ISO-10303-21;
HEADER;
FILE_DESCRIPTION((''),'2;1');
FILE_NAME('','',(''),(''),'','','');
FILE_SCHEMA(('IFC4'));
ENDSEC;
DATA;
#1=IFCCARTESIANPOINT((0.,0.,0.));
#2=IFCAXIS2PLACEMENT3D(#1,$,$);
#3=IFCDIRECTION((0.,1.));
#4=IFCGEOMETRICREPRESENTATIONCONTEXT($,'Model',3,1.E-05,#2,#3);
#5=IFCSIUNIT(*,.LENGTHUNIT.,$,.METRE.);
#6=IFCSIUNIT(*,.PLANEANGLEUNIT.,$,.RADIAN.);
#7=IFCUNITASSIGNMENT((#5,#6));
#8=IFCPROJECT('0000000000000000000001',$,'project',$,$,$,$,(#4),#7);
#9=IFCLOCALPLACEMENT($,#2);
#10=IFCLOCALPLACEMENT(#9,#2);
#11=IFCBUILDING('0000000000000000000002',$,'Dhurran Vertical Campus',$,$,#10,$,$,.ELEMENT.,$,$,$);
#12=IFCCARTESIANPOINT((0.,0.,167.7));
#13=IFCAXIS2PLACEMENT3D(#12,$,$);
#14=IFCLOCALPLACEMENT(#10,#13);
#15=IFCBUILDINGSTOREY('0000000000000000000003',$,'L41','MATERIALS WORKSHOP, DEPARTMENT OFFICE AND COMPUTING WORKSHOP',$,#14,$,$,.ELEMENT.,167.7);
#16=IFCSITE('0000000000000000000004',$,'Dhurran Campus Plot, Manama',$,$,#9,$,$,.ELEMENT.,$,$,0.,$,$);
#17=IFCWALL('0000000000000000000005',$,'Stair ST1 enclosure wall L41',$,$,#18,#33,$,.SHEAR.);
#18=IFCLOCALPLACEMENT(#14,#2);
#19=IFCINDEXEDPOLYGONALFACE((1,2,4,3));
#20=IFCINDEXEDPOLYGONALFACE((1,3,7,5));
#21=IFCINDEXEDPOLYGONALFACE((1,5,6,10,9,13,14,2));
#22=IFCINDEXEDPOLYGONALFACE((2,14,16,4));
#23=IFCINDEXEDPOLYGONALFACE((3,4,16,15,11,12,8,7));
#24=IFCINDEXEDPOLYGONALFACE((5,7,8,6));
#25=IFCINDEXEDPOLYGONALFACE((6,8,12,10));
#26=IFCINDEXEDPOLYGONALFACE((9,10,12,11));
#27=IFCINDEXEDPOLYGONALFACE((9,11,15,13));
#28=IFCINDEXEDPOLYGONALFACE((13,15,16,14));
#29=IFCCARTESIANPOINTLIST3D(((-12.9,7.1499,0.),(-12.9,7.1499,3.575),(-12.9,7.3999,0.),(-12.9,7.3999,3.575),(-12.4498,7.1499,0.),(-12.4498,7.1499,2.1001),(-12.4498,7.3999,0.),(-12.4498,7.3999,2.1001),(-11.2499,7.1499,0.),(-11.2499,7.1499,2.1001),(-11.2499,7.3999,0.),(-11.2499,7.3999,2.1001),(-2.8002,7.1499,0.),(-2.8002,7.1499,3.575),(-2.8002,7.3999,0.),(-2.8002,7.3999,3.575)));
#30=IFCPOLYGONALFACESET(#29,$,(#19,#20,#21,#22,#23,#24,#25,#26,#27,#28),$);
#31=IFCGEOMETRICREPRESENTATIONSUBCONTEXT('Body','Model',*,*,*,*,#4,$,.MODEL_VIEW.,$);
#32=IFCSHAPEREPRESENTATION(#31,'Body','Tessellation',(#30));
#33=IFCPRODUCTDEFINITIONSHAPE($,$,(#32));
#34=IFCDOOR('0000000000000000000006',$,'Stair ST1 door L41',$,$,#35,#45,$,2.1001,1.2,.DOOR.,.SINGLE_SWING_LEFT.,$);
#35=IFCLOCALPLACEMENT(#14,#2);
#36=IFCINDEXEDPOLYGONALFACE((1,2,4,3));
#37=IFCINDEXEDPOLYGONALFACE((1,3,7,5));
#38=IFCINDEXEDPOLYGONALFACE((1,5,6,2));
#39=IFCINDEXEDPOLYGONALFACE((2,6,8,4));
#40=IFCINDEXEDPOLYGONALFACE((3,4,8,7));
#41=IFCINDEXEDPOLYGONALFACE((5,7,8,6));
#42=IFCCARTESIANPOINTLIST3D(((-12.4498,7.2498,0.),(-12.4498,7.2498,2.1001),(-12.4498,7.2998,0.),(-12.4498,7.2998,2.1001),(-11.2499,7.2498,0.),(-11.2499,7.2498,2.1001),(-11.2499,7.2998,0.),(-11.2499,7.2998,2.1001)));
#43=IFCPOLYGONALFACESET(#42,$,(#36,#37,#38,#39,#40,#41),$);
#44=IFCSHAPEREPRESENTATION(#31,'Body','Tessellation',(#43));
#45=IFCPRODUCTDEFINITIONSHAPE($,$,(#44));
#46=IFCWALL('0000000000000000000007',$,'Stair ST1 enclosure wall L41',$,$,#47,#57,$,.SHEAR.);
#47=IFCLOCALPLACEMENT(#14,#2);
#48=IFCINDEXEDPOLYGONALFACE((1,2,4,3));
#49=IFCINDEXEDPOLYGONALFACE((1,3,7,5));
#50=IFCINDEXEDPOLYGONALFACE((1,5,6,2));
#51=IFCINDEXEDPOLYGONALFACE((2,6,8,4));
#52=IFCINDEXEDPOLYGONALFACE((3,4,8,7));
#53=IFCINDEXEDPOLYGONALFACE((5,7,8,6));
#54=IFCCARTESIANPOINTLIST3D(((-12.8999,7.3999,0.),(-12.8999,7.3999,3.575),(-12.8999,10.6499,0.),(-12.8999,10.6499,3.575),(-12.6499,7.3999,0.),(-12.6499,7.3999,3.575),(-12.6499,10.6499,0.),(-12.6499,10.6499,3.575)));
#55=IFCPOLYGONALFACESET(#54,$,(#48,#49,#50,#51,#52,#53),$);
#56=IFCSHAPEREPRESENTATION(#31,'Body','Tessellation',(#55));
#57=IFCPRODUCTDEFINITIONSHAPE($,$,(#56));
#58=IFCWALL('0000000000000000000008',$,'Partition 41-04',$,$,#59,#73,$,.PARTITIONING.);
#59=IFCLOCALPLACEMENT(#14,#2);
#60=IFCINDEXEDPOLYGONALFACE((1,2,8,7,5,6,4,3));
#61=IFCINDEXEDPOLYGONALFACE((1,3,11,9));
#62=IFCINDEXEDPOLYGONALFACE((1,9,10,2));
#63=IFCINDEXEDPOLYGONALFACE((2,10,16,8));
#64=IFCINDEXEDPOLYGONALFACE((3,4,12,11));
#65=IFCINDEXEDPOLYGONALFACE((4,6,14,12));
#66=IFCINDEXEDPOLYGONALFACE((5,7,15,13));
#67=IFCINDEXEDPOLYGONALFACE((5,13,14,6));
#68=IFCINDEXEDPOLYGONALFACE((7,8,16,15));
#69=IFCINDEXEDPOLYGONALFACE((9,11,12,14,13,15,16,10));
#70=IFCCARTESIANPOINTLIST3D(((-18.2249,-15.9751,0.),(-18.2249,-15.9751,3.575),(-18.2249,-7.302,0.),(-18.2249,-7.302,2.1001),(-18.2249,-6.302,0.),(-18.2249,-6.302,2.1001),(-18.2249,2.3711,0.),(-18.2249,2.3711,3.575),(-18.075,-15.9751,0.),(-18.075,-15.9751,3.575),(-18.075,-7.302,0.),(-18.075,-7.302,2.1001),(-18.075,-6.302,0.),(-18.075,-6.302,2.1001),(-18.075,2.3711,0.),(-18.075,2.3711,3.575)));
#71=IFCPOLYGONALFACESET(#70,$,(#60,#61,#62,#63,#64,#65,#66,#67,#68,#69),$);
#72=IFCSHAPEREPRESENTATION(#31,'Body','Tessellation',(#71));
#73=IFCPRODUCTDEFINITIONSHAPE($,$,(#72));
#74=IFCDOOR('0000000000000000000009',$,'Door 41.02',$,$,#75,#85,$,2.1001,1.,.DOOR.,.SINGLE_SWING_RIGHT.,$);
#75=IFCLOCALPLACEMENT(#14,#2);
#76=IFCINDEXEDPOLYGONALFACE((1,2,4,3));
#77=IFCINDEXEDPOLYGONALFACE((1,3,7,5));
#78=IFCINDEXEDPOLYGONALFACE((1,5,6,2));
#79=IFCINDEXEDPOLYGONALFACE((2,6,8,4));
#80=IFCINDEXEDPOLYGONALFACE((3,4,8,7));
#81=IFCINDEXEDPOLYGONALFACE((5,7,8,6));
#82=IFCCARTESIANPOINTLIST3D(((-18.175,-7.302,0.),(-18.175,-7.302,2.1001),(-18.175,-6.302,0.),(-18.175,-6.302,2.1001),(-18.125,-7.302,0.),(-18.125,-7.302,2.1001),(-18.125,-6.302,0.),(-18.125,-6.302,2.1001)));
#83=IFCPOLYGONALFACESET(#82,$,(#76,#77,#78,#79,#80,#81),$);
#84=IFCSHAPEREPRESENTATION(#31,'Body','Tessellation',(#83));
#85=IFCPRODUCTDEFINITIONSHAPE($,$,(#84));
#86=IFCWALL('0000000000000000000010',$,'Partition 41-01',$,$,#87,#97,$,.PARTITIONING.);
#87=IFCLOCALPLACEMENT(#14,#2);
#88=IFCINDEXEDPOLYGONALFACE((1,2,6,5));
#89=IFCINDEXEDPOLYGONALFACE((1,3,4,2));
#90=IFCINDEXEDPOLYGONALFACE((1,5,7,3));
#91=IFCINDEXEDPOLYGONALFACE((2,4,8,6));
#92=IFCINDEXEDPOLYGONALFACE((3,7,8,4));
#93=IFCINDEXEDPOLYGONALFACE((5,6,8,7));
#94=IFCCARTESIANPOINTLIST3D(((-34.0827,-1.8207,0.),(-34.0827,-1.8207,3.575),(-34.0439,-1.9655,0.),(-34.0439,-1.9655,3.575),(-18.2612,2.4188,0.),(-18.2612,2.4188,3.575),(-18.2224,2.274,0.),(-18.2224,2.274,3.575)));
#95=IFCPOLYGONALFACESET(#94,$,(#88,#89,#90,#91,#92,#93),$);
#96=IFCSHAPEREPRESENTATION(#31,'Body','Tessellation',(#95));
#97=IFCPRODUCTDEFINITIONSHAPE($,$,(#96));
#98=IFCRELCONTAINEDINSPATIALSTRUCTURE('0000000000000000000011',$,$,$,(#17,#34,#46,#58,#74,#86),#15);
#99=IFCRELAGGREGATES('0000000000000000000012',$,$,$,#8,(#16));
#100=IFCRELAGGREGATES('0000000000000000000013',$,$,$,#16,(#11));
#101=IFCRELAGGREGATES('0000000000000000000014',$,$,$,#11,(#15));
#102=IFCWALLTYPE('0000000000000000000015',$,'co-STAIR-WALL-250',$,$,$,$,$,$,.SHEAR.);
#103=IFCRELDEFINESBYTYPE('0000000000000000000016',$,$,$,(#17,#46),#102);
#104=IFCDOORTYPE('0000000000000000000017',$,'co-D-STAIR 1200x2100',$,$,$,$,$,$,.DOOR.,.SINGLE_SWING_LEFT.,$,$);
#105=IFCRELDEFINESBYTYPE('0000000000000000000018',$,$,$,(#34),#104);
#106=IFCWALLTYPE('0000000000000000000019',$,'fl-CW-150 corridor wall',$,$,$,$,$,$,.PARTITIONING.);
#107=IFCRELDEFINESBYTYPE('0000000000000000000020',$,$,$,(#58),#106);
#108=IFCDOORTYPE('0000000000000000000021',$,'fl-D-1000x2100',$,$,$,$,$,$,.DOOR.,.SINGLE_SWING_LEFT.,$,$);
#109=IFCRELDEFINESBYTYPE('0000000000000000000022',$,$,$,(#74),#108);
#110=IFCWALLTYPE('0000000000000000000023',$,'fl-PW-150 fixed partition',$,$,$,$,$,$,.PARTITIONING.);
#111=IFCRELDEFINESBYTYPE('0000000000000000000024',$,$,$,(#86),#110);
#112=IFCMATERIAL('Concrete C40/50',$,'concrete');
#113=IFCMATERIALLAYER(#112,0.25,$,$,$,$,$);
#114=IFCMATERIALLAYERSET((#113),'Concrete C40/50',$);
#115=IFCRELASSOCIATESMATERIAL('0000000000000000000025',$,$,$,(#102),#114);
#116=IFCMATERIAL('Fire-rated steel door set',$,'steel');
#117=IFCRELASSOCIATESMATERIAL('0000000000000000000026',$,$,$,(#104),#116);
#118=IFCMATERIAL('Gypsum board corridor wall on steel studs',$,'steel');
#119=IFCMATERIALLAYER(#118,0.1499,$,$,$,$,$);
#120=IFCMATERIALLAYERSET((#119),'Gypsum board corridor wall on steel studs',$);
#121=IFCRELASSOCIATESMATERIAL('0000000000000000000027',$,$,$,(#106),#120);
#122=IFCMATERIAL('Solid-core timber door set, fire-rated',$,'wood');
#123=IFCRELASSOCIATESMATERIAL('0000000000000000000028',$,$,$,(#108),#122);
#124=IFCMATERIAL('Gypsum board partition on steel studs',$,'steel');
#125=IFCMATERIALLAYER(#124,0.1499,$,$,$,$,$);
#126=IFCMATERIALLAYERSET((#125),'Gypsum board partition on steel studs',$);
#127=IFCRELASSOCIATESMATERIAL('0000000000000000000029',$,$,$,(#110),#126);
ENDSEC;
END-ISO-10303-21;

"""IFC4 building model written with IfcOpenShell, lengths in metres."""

from ifc_helpers import new_model, si_unit, direction, frame, frame_2d, origin, place, context, subcontext, project, spatial, rectangle, extrude, material, layer, layer_set, type_object, element, fill, save


model = new_model("IFC4")

# Units and contexts
model_context = context("Model", 3, precision=1e-05, world=origin(), true_north=direction((0.0, 1.0)))
body_context = subcontext(model_context, "Body", "Model", "MODEL_VIEW")
ifc_project = project(units=[si_unit("LENGTHUNIT", "METRE"), si_unit("PLANEANGLEUNIT", "RADIAN")], contexts=[model_context])

# Site, building, storey
site_placement = place(None, origin())
site = spatial("IfcSite", under=ifc_project, at=site_placement, Name="Dhurran Campus Plot, Manama", CompositionType="ELEMENT", RefElevation=0.0)
building_placement = place(site_placement, origin())
building = spatial("IfcBuilding", under=site, at=building_placement, Name="Dhurran Vertical Campus", CompositionType="ELEMENT")
storey_placement = place(building_placement, frame((0.0, 0.0, 167.7)))
storey = spatial("IfcBuildingStorey", under=building, at=storey_placement, Name="L41", Description="MATERIALS WORKSHOP, DEPARTMENT OFFICE AND COMPUTING WORKSHOP", CompositionType="ELEMENT", Elevation=167.7)

# Wall, opening, door
ifc_material_1 = material(Name="Concrete C40/50", Category="concrete")
ifc_layer_1 = layer(ifc_material_1, 0.25)
ifc_layer_set_1 = layer_set([ifc_layer_1], Name="Concrete C40/50")
wall_type_1 = type_object("IfcWallType", Name="co-STAIR-WALL-250", PredefinedType="SHEAR", material=ifc_layer_set_1)
wall_1_placement = place(storey_placement, frame((-12.8999, 7.2749, 0.0), z_axis=(0.0, 0.0, 1.0), x_axis=(1.0, 0.0, 0.0)))
wall_1 = element("IfcWall", 1, at=wall_1_placement, inside=storey, type_object=wall_type_1, Name="Stair ST1 enclosure wall L41", PredefinedType="SHEAR", context=body_context, shape_type="SweptSolid", body=[
    extrude(rectangle(XDim=10.0999, YDim=0.25, at=frame_2d((5.0498, 0.0))), origin(), (0.0, 0.0, 1.0), 3.575),
])
opening_1_placement = place(wall_1_placement, frame((0.45, 0.0, 0.0)))
opening_1 = element("IfcOpeningElement", 2, at=opening_1_placement, cuts=wall_1, PredefinedType="OPENING", context=body_context, shape_type="SweptSolid", body=[
    extrude(rectangle(XDim=1.2, YDim=2.1001, at=frame_2d((0.6001, 1.05))), frame((0.0, 0.135, 0.0), z_axis=(0.0, -1.0, 0.0), x_axis=(1.0, 0.0, 0.0)), (0.0, 0.0, 1.0), 0.27),
])
ifc_material_2 = material(Name="Fire-rated steel door set", Category="steel")
door_type_1 = type_object("IfcDoorType", Name="co-D-STAIR 1200x2100", OperationType="SINGLE_SWING_LEFT", PredefinedType="DOOR", material=ifc_material_2)
door_1_placement = place(opening_1_placement, origin())
door_1 = element("IfcDoor", 3, at=door_1_placement, inside=storey, type_object=door_type_1, Name="Stair ST1 door L41", OperationType="SINGLE_SWING_LEFT", OverallHeight=2.1001, OverallWidth=1.2, PredefinedType="DOOR", context=body_context, shape_type="SweptSolid", body=[
    extrude(rectangle(XDim=1.2, YDim=2.1001, at=frame_2d((0.6001, 1.05))), frame((0.0, 0.0249, 0.0), z_axis=(0.0, -1.0, 0.0), x_axis=(1.0, 0.0, 0.0)), (0.0, 0.0, 1.0), 0.05),
])
fill(opening_1, door_1)

# Wall
wall_2_placement = place(storey_placement, frame((-12.7749, 7.3999, 0.0), z_axis=(0.0, 0.0, 1.0), x_axis=(0.0, 1.0, 0.0)))
element("IfcWall", 4, at=wall_2_placement, inside=storey, type_object=wall_type_1, Name="Stair ST1 enclosure wall L41", PredefinedType="SHEAR", context=body_context, shape_type="SweptSolid", body=[
    extrude(rectangle(XDim=3.25, YDim=0.25, at=frame_2d((1.625, 0.0))), origin(), (0.0, 0.0, 1.0), 3.575),
])

# Wall, opening, door
ifc_material_3 = material(Name="Gypsum board corridor wall on steel studs", Category="steel")
ifc_layer_2 = layer(ifc_material_3, 0.1499)
ifc_layer_set_2 = layer_set([ifc_layer_2], Name="Gypsum board corridor wall on steel studs")
wall_type_2 = type_object("IfcWallType", Name="fl-CW-150 corridor wall", PredefinedType="PARTITIONING", material=ifc_layer_set_2)
wall_3_placement = place(storey_placement, frame((-18.1499, 2.3711, 0.0), z_axis=(0.0, 0.0, 1.0), x_axis=(0.0, -1.0, 0.0)))
wall_3 = element("IfcWall", 5, at=wall_3_placement, inside=storey, type_object=wall_type_2, Name="Partition 41-04", PredefinedType="PARTITIONING", context=body_context, shape_type="SweptSolid", body=[
    extrude(rectangle(XDim=18.3462, YDim=0.1499, at=frame_2d((9.1731, 0.0))), origin(), (0.0, 0.0, 1.0), 3.575),
])
opening_2_placement = place(wall_3_placement, frame((8.6731, 0.0, 0.0)))
opening_2 = element("IfcOpeningElement", 6, at=opening_2_placement, cuts=wall_3, PredefinedType="OPENING", context=body_context, shape_type="SweptSolid", body=[
    extrude(rectangle(XDim=1.0, YDim=2.1001, at=frame_2d((0.5, 1.05))), frame((0.0, 0.085, 0.0), z_axis=(0.0, -1.0, 0.0), x_axis=(1.0, 0.0, 0.0)), (0.0, 0.0, 1.0), 0.1699),
])
ifc_material_4 = material(Name="Solid-core timber door set, fire-rated", Category="wood")
door_type_2 = type_object("IfcDoorType", Name="fl-D-1000x2100", OperationType="SINGLE_SWING_LEFT", PredefinedType="DOOR", material=ifc_material_4)
door_2_placement = place(opening_2_placement, origin())
door_2 = element("IfcDoor", 7, at=door_2_placement, inside=storey, type_object=door_type_2, Name="Door 41.02", OperationType="SINGLE_SWING_RIGHT", OverallHeight=2.1001, OverallWidth=1.0, PredefinedType="DOOR", context=body_context, shape_type="SweptSolid", body=[
    extrude(rectangle(XDim=1.0, YDim=2.1001, at=frame_2d((0.5, 1.05))), frame((0.0, 0.0249, 0.0), z_axis=(0.0, -1.0, 0.0), x_axis=(1.0, 0.0, 0.0)), (0.0, 0.0, 1.0), 0.05),
])
fill(opening_2, door_2)

# Wall
ifc_material_5 = material(Name="Gypsum board partition on steel studs", Category="steel")
ifc_layer_3 = layer(ifc_material_5, 0.1499)
ifc_layer_set_3 = layer_set([ifc_layer_3], Name="Gypsum board partition on steel studs")
wall_type_3 = type_object("IfcWallType", Name="fl-PW-150 fixed partition", PredefinedType="PARTITIONING", material=ifc_layer_set_3)
wall_4_placement = place(storey_placement, frame((-18.2417, 2.3464, 0.0), z_axis=(0.0, 0.0, 1.0), x_axis=(-0.965924, -0.258827, 0.0)))
element("IfcWall", 8, at=wall_4_placement, inside=storey, type_object=wall_type_3, Name="Partition 41-01", PredefinedType="PARTITIONING", context=body_context, shape_type="SweptSolid", body=[
    extrude(rectangle(XDim=16.3796, YDim=0.1499, at=frame_2d((8.1899, 0.0))), origin(), (0.0, 0.0, 1.0), 3.575),
])

save(model, "model.ifc")
